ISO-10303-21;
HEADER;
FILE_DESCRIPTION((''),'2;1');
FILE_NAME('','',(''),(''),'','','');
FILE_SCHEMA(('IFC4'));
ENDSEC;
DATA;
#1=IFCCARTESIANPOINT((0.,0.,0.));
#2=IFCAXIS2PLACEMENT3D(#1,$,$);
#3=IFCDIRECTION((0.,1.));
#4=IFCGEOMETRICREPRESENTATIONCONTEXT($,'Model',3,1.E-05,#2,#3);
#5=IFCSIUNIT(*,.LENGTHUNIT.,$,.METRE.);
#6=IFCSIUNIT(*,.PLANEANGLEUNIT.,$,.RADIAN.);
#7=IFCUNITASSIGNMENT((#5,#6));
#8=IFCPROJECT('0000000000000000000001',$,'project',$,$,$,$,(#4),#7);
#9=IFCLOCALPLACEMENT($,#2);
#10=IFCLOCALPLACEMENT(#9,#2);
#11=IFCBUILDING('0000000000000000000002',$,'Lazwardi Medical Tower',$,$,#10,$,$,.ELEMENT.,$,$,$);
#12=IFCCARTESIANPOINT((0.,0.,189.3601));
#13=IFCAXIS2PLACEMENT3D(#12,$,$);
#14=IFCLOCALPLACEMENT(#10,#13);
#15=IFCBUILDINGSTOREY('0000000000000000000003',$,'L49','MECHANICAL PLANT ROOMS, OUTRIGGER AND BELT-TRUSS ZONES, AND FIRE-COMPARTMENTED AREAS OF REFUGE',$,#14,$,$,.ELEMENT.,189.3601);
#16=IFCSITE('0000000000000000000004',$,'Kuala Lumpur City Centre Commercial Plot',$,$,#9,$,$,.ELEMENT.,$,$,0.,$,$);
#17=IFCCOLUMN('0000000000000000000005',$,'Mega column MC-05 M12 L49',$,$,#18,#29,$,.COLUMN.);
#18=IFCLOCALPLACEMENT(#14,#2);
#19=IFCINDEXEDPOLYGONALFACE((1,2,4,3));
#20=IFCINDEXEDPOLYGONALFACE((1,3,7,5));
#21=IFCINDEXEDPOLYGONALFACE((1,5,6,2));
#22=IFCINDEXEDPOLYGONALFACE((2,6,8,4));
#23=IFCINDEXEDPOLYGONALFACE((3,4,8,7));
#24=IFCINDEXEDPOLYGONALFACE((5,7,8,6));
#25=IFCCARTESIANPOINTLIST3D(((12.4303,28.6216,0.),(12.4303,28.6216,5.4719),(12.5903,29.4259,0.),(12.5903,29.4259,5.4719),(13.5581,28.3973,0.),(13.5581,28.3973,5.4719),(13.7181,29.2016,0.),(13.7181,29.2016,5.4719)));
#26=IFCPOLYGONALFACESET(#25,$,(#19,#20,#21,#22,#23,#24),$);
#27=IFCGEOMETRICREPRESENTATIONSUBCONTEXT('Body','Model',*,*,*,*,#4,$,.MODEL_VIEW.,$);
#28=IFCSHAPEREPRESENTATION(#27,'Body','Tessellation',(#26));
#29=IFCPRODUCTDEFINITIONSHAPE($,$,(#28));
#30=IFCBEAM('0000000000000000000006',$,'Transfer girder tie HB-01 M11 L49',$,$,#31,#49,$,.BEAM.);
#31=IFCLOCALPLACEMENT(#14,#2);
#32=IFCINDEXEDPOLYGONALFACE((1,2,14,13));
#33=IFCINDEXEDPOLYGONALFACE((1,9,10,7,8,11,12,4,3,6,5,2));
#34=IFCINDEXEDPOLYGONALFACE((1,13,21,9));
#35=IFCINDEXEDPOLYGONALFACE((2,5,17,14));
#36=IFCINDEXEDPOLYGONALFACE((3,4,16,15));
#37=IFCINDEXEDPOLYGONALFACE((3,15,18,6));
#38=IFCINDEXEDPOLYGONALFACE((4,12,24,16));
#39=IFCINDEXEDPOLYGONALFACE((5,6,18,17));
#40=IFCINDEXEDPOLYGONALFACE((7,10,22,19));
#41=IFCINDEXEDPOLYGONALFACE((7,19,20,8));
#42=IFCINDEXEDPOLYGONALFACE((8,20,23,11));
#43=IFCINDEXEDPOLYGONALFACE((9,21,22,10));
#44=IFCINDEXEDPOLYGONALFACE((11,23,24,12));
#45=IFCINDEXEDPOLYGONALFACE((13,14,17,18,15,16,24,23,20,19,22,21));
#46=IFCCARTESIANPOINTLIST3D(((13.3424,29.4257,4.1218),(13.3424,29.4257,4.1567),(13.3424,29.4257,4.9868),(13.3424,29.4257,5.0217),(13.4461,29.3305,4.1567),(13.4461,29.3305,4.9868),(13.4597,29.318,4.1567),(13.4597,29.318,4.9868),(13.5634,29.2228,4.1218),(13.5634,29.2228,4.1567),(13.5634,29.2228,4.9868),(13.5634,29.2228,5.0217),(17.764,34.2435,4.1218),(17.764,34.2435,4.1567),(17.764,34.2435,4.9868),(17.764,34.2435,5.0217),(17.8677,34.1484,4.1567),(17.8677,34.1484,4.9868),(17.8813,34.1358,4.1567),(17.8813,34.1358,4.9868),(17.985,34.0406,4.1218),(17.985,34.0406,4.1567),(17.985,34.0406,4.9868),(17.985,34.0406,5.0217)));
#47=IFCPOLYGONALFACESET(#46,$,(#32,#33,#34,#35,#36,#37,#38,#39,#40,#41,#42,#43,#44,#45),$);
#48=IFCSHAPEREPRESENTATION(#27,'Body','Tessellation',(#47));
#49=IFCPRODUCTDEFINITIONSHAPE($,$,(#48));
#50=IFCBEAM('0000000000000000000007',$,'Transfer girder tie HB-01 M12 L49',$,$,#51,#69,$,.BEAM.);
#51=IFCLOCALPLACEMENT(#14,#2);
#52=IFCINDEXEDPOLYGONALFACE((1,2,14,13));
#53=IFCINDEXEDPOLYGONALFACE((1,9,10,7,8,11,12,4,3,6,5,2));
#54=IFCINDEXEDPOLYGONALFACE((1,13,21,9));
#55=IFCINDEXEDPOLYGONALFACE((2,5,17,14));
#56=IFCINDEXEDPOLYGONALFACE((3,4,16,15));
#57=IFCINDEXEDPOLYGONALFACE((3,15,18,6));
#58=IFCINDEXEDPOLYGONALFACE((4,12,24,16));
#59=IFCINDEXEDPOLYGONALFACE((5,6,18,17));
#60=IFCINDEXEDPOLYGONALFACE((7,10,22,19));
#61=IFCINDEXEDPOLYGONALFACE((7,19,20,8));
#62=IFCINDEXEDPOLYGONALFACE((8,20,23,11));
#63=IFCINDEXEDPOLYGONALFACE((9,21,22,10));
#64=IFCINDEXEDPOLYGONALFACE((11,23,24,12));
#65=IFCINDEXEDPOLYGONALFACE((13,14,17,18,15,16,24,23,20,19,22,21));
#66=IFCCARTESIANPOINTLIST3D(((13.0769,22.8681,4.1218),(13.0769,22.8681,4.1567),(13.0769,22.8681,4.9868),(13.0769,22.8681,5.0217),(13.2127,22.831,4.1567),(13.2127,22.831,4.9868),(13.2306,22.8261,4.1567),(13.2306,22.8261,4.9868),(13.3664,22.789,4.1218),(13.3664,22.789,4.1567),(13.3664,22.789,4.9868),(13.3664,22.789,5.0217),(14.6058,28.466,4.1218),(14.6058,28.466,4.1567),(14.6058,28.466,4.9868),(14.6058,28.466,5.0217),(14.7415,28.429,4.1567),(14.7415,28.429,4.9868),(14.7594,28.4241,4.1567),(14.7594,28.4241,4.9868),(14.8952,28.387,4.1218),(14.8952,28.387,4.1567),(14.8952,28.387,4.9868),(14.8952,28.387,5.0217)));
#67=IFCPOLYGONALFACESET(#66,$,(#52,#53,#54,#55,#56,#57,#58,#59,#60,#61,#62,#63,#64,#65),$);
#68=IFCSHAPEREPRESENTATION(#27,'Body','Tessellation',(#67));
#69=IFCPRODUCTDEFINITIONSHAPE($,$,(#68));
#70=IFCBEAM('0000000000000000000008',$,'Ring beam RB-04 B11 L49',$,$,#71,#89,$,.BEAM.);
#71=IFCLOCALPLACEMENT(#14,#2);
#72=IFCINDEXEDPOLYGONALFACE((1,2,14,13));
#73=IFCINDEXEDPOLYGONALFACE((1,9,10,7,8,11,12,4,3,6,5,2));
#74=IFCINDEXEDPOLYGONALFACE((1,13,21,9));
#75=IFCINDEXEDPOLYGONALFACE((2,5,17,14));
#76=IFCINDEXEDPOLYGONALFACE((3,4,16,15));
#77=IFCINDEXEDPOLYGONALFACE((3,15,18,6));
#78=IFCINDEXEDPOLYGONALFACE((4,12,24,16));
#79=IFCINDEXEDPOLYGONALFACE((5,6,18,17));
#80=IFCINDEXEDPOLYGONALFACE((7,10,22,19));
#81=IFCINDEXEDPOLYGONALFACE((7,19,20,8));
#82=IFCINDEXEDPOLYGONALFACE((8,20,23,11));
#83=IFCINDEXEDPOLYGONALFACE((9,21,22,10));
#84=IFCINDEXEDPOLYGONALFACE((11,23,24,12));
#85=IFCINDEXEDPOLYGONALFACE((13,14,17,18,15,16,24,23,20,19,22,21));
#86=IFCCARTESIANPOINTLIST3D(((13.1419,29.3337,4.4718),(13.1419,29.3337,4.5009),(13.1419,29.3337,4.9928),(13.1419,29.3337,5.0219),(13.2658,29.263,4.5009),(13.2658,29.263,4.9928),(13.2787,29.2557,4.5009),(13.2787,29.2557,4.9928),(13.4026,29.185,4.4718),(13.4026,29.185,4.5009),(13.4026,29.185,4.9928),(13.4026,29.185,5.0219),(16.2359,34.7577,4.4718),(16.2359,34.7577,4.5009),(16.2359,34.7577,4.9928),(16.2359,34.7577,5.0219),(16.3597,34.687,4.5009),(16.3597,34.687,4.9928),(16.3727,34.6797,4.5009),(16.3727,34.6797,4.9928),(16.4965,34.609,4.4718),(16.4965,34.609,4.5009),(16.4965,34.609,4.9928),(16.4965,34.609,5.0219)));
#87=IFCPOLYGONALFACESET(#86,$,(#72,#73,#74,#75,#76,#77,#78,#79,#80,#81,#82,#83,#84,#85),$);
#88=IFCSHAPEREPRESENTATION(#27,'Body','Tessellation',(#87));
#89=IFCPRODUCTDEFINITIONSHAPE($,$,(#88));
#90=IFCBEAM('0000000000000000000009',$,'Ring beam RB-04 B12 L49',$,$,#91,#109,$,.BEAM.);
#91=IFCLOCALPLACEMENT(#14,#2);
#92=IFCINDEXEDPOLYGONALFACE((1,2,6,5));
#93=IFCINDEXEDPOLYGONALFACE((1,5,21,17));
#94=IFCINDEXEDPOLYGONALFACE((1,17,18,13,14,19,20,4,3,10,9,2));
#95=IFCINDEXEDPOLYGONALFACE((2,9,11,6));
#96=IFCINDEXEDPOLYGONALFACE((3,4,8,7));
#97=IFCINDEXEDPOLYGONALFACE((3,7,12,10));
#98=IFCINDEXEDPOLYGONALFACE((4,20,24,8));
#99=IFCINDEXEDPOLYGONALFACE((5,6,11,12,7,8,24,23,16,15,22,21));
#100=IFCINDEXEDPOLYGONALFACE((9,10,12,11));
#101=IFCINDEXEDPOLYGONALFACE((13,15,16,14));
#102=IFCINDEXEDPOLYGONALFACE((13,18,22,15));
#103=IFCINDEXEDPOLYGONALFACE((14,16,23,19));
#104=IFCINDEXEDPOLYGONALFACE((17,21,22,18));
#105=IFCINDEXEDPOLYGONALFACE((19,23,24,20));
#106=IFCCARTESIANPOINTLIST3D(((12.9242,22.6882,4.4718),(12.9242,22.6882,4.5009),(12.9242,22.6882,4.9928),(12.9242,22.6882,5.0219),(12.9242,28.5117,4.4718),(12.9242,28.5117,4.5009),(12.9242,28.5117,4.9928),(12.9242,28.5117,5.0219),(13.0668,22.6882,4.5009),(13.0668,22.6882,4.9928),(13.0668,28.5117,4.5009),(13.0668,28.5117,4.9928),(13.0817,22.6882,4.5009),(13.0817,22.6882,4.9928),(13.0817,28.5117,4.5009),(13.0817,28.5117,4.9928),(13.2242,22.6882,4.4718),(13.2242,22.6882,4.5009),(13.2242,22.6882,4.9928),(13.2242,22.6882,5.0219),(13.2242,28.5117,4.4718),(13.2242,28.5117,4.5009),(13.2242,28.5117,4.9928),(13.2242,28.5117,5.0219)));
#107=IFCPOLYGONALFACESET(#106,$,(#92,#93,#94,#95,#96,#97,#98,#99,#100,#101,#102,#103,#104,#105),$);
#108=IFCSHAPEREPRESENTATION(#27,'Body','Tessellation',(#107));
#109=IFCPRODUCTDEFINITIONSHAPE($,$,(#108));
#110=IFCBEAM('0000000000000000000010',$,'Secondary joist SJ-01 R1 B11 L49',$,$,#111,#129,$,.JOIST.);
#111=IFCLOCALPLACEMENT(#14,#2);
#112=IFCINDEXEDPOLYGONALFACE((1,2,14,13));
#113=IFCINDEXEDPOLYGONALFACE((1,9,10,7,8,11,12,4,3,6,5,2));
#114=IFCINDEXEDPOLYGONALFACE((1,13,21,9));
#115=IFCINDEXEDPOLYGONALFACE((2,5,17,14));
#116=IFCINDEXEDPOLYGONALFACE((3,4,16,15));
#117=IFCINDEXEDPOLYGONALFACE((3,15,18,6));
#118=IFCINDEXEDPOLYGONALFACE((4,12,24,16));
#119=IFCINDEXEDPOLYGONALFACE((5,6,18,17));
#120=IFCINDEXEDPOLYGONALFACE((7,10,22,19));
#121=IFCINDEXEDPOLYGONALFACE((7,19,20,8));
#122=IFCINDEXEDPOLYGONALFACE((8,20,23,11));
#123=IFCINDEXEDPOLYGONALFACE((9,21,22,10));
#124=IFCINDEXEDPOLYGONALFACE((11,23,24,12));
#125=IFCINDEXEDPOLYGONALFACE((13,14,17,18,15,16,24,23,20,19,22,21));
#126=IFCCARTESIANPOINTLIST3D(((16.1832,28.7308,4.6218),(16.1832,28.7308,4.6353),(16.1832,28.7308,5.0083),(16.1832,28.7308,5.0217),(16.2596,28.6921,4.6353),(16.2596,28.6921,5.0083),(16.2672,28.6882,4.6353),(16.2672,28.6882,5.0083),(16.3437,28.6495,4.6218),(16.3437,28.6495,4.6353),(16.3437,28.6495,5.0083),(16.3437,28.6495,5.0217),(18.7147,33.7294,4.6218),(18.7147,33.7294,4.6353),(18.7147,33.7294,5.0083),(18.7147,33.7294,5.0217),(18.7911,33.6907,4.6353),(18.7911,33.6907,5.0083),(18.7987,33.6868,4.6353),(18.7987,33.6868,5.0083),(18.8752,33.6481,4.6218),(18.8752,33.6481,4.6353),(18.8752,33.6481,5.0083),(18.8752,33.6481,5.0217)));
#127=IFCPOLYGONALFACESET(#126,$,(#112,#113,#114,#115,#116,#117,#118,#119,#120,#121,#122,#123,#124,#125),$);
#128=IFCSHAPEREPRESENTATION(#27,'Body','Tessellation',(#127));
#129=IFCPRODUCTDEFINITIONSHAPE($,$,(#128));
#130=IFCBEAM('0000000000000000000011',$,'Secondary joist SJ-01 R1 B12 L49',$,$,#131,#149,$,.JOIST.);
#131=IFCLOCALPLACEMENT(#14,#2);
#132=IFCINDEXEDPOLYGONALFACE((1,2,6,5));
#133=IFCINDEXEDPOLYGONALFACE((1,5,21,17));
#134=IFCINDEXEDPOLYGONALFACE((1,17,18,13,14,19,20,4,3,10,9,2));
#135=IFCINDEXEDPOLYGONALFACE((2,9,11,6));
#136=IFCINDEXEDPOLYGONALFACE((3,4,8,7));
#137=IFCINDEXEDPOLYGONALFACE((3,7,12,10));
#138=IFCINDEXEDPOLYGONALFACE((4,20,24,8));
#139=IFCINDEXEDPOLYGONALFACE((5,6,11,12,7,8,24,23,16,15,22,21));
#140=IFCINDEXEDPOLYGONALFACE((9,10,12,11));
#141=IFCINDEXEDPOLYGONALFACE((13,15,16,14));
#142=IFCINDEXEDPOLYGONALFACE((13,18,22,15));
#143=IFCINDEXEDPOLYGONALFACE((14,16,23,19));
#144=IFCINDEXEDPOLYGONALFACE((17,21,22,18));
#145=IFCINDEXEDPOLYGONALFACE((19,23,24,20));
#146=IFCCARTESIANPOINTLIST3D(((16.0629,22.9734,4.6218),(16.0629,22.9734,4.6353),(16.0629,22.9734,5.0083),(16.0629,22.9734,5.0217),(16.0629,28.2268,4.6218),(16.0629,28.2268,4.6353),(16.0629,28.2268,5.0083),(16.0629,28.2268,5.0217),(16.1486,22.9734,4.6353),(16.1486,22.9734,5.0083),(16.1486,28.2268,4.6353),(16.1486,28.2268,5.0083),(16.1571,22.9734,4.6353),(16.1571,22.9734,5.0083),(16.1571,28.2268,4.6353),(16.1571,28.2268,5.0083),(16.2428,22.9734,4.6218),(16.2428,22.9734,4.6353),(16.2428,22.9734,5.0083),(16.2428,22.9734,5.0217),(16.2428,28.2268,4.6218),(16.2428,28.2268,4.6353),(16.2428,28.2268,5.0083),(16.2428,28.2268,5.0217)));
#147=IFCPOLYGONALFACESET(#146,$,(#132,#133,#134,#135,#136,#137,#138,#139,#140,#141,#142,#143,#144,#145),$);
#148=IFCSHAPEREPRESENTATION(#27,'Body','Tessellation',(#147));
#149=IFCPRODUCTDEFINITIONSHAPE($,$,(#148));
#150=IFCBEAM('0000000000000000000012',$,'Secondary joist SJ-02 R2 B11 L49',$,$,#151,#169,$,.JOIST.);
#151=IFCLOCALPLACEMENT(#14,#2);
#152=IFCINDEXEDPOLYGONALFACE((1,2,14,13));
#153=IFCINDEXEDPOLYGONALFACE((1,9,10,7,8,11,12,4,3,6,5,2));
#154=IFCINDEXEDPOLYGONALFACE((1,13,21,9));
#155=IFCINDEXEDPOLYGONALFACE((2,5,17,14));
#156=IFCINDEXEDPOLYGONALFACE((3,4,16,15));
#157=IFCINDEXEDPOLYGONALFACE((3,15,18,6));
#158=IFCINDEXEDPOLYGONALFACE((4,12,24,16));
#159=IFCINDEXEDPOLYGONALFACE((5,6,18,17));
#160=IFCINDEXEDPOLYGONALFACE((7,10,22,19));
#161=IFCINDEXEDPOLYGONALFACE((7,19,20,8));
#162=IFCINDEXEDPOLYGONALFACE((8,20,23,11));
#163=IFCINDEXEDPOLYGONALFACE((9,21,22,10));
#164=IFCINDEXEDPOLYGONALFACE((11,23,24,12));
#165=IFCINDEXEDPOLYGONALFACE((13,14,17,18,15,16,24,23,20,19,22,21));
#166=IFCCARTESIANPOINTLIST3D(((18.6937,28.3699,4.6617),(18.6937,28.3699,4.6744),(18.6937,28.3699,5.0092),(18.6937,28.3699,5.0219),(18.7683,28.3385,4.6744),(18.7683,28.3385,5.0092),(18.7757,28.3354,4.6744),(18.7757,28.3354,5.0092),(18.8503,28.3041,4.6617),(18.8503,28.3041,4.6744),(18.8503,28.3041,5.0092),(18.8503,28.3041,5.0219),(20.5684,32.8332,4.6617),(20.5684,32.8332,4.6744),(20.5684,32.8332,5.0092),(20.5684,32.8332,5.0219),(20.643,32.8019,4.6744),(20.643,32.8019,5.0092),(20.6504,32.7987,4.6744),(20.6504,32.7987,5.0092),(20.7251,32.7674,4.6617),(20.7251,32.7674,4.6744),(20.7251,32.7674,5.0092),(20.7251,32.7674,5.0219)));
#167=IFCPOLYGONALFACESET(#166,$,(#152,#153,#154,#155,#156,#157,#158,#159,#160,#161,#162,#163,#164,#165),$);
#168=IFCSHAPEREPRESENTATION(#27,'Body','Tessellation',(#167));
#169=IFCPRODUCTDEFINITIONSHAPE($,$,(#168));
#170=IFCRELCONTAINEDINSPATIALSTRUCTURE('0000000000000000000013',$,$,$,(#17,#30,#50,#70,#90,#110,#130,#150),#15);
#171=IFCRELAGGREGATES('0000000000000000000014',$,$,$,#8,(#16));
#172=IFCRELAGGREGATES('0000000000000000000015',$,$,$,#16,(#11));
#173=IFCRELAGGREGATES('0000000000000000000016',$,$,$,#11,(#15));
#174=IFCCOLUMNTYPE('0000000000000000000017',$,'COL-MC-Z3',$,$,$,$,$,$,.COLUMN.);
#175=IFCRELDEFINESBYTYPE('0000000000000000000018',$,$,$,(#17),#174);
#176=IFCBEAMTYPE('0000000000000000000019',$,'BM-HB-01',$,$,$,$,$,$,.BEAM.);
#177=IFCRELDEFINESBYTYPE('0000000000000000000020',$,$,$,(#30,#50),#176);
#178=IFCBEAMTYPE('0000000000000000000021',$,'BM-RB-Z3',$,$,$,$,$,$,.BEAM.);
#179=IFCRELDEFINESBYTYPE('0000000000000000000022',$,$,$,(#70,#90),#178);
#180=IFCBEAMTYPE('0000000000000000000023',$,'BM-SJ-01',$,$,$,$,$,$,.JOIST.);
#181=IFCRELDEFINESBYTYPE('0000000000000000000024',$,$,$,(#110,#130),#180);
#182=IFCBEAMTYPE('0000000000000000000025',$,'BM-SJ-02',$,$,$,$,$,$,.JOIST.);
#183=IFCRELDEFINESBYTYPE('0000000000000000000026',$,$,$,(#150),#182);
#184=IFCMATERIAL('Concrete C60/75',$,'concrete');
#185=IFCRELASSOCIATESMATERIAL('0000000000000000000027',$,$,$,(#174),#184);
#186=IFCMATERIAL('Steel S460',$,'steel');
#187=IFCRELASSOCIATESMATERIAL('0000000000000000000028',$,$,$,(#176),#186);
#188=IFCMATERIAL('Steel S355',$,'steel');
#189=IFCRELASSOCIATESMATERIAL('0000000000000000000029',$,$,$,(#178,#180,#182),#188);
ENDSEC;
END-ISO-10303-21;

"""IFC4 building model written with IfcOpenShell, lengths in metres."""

from ifc_helpers import new_model, si_unit, direction, frame, origin, origin_2d, place, context, subcontext, project, spatial, rectangle, i_section, extrude, material, material_profile, profile_set, type_object, element, save


model = new_model("IFC4")

# Units and contexts
model_context = context("Model", 3, precision=1e-05, world=origin(), true_north=direction((0.0, 1.0)))
body_context = subcontext(model_context, "Body", "Model", "MODEL_VIEW")
ifc_project = project(units=[si_unit("LENGTHUNIT", "METRE"), si_unit("PLANEANGLEUNIT", "RADIAN")], contexts=[model_context])

# Site, building, storey
site_placement = place(None, origin())
site = spatial("IfcSite", under=ifc_project, at=site_placement, Name="Kuala Lumpur City Centre Commercial Plot", CompositionType="ELEMENT", RefElevation=0.0)
building_placement = place(site_placement, origin())
building = spatial("IfcBuilding", under=site, at=building_placement, Name="Lazwardi Medical Tower", CompositionType="ELEMENT")
storey_placement = place(building_placement, frame((0.0, 0.0, 189.3601)))
storey = spatial("IfcBuildingStorey", under=building, at=storey_placement, Name="L49", Description="MECHANICAL PLANT ROOMS, OUTRIGGER AND BELT-TRUSS ZONES, AND FIRE-COMPARTMENTED AREAS OF REFUGE", CompositionType="ELEMENT", Elevation=189.3601)

# Column
ifc_material_1 = material(Name="Concrete C60/75", Category="concrete")
ifc_material_profile_1 = material_profile(ifc_material_1, rectangle(XDim=1.1499, YDim=0.8201, at=origin_2d()), Name="CFT-RECT 1150x820")
ifc_profile_set_1 = profile_set([ifc_material_profile_1], Name="Concrete C60/75")
column_type = type_object("IfcColumnType", Name="COL-MC-Z3", PredefinedType="COLUMN", material=ifc_profile_set_1)
column_placement = place(storey_placement, frame((13.0742, 28.9116, 0.0), z_axis=(0.0, 0.0, 1.0), x_axis=(-0.980785, 0.19509, 0.0)))
element("IfcColumn", 1, at=column_placement, inside=storey, type_object=column_type, Name="Mega column MC-05 M12 L49", PredefinedType="COLUMN", context=body_context, shape_type="SweptSolid", body=[
    extrude(rectangle(XDim=1.1499, YDim=0.8201, at=origin_2d()), origin(), (0.0, 0.0, 1.0), 5.4719),
])

# Beams
ifc_material_2 = material(Name="Steel S460", Category="steel")
ifc_material_profile_2 = material_profile(ifc_material_2, i_section(OverallWidth=0.3, OverallDepth=0.8999, WebThickness=0.0186, FlangeThickness=0.0349, at=origin_2d()), Name="HEB 900")
ifc_profile_set_2 = profile_set([ifc_material_profile_2], Name="Steel S460")
beam_type_1 = type_object("IfcBeamType", Name="BM-HB-01", PredefinedType="BEAM", material=ifc_profile_set_2)
beam_1_placement = place(storey_placement, frame((17.8745, 34.1421, 4.5718), z_axis=(-0.676161, -0.736754, 0.0), x_axis=(0.736754, -0.676161, 0.0)))
element("IfcBeam", 2, at=beam_1_placement, inside=storey, type_object=beam_type_1, Name="Transfer girder tie HB-01 M11 L49", PredefinedType="BEAM", context=body_context, shape_type="SweptSolid", body=[
    extrude(i_section(OverallWidth=0.3, OverallDepth=0.8999, WebThickness=0.0186, FlangeThickness=0.0349, at=origin_2d()), origin(), (0.0, 0.0, 1.0), 6.5393),
])
beam_2_placement = place(storey_placement, frame((14.7505, 28.4265, 4.5718), z_axis=(-0.263456, -0.964672, 0.0), x_axis=(0.964672, -0.263456, 0.0)))
element("IfcBeam", 3, at=beam_2_placement, inside=storey, type_object=beam_type_1, Name="Transfer girder tie HB-01 M12 L49", PredefinedType="BEAM", context=body_context, shape_type="SweptSolid", body=[
    extrude(i_section(OverallWidth=0.3, OverallDepth=0.8999, WebThickness=0.0186, FlangeThickness=0.0349, at=origin_2d()), origin(), (0.0, 0.0, 1.0), 5.803),
])
ifc_material_3 = material(Name="Steel S355", Category="steel")
ifc_material_profile_3 = material_profile(ifc_material_3, i_section(OverallWidth=0.3, OverallDepth=0.55, WebThickness=0.0149, FlangeThickness=0.0291, at=origin_2d()), Name="HEB 550")
ifc_profile_set_3 = profile_set([ifc_material_profile_3], Name="Steel S355")
beam_type_2 = type_object("IfcBeamType", Name="BM-RB-Z3", PredefinedType="BEAM", material=ifc_profile_set_3)
beam_3_placement = place(storey_placement, frame((16.3662, 34.6833, 4.7468), z_axis=(-0.495478, -0.868621, 0.0), x_axis=(0.868621, -0.495478, 0.0)))
element("IfcBeam", 4, at=beam_3_placement, inside=storey, type_object=beam_type_2, Name="Ring beam RB-04 B11 L49", PredefinedType="BEAM", context=body_context, shape_type="SweptSolid", body=[
    extrude(i_section(OverallWidth=0.3, OverallDepth=0.55, WebThickness=0.0149, FlangeThickness=0.0291, at=origin_2d()), origin(), (0.0, 0.0, 1.0), 6.2444),
])
beam_4_placement = place(storey_placement, frame((13.0742, 28.5117, 4.7468), z_axis=(0.0, -1.0, 0.0), x_axis=(1.0, 0.0, 0.0)))
element("IfcBeam", 5, at=beam_4_placement, inside=storey, type_object=beam_type_2, Name="Ring beam RB-04 B12 L49", PredefinedType="BEAM", context=body_context, shape_type="SweptSolid", body=[
    extrude(i_section(OverallWidth=0.3, OverallDepth=0.55, WebThickness=0.0149, FlangeThickness=0.0291, at=origin_2d()), origin(), (0.0, 0.0, 1.0), 5.8235),
])
ifc_material_profile_4 = material_profile(ifc_material_3, i_section(OverallWidth=0.1799, OverallDepth=0.3999, WebThickness=0.0085, FlangeThickness=0.0134, at=origin_2d()), Name="IPE 400")
ifc_profile_set_4 = profile_set([ifc_material_profile_4], Name="Steel S355")
beam_type_3 = type_object("IfcBeamType", Name="BM-SJ-01", PredefinedType="JOIST", material=ifc_profile_set_4)
beam_5_placement = place(storey_placement, frame((18.7949, 33.6887, 4.8218), z_axis=(-0.451809, -0.892115, 0.0), x_axis=(0.892115, -0.451809, 0.0)))
element("IfcBeam", 6, at=beam_5_placement, inside=storey, type_object=beam_type_3, Name="Secondary joist SJ-01 R1 B11 L49", PredefinedType="JOIST", context=body_context, shape_type="SweptSolid", body=[
    extrude(i_section(OverallWidth=0.1799, OverallDepth=0.3999, WebThickness=0.0085, FlangeThickness=0.0134, at=origin_2d()), origin(), (0.0, 0.0, 1.0), 5.603),
])
beam_6_placement = place(storey_placement, frame((16.1528, 28.2268, 4.8218), z_axis=(0.0, -1.0, 0.0), x_axis=(1.0, 0.0, 0.0)))
element("IfcBeam", 7, at=beam_6_placement, inside=storey, type_object=beam_type_3, Name="Secondary joist SJ-01 R1 B12 L49", PredefinedType="JOIST", context=body_context, shape_type="SweptSolid", body=[
    extrude(i_section(OverallWidth=0.1799, OverallDepth=0.3999, WebThickness=0.0085, FlangeThickness=0.0134, at=origin_2d()), origin(), (0.0, 0.0, 1.0), 5.2534),
])
ifc_material_profile_5 = material_profile(ifc_material_3, i_section(OverallWidth=0.1699, OverallDepth=0.3601, WebThickness=0.0081, FlangeThickness=0.0127, at=origin_2d()), Name="IPE 360")
ifc_profile_set_5 = profile_set([ifc_material_profile_5], Name="Steel S355")
beam_type_4 = type_object("IfcBeamType", Name="BM-SJ-02", PredefinedType="JOIST", material=ifc_profile_set_5)
beam_7_placement = place(storey_placement, frame((20.6467, 32.8003, 4.8418), z_axis=(-0.387256, -0.921972, 0.0), x_axis=(0.921972, -0.387256, 0.0)))
element("IfcBeam", 8, at=beam_7_placement, inside=storey, type_object=beam_type_4, Name="Secondary joist SJ-02 R2 B11 L49", PredefinedType="JOIST", context=body_context, shape_type="SweptSolid", body=[
    extrude(i_section(OverallWidth=0.1699, OverallDepth=0.3601, WebThickness=0.0081, FlangeThickness=0.0127, at=origin_2d()), origin(), (0.0, 0.0, 1.0), 4.8411),
])

save(model, "model.ifc")
